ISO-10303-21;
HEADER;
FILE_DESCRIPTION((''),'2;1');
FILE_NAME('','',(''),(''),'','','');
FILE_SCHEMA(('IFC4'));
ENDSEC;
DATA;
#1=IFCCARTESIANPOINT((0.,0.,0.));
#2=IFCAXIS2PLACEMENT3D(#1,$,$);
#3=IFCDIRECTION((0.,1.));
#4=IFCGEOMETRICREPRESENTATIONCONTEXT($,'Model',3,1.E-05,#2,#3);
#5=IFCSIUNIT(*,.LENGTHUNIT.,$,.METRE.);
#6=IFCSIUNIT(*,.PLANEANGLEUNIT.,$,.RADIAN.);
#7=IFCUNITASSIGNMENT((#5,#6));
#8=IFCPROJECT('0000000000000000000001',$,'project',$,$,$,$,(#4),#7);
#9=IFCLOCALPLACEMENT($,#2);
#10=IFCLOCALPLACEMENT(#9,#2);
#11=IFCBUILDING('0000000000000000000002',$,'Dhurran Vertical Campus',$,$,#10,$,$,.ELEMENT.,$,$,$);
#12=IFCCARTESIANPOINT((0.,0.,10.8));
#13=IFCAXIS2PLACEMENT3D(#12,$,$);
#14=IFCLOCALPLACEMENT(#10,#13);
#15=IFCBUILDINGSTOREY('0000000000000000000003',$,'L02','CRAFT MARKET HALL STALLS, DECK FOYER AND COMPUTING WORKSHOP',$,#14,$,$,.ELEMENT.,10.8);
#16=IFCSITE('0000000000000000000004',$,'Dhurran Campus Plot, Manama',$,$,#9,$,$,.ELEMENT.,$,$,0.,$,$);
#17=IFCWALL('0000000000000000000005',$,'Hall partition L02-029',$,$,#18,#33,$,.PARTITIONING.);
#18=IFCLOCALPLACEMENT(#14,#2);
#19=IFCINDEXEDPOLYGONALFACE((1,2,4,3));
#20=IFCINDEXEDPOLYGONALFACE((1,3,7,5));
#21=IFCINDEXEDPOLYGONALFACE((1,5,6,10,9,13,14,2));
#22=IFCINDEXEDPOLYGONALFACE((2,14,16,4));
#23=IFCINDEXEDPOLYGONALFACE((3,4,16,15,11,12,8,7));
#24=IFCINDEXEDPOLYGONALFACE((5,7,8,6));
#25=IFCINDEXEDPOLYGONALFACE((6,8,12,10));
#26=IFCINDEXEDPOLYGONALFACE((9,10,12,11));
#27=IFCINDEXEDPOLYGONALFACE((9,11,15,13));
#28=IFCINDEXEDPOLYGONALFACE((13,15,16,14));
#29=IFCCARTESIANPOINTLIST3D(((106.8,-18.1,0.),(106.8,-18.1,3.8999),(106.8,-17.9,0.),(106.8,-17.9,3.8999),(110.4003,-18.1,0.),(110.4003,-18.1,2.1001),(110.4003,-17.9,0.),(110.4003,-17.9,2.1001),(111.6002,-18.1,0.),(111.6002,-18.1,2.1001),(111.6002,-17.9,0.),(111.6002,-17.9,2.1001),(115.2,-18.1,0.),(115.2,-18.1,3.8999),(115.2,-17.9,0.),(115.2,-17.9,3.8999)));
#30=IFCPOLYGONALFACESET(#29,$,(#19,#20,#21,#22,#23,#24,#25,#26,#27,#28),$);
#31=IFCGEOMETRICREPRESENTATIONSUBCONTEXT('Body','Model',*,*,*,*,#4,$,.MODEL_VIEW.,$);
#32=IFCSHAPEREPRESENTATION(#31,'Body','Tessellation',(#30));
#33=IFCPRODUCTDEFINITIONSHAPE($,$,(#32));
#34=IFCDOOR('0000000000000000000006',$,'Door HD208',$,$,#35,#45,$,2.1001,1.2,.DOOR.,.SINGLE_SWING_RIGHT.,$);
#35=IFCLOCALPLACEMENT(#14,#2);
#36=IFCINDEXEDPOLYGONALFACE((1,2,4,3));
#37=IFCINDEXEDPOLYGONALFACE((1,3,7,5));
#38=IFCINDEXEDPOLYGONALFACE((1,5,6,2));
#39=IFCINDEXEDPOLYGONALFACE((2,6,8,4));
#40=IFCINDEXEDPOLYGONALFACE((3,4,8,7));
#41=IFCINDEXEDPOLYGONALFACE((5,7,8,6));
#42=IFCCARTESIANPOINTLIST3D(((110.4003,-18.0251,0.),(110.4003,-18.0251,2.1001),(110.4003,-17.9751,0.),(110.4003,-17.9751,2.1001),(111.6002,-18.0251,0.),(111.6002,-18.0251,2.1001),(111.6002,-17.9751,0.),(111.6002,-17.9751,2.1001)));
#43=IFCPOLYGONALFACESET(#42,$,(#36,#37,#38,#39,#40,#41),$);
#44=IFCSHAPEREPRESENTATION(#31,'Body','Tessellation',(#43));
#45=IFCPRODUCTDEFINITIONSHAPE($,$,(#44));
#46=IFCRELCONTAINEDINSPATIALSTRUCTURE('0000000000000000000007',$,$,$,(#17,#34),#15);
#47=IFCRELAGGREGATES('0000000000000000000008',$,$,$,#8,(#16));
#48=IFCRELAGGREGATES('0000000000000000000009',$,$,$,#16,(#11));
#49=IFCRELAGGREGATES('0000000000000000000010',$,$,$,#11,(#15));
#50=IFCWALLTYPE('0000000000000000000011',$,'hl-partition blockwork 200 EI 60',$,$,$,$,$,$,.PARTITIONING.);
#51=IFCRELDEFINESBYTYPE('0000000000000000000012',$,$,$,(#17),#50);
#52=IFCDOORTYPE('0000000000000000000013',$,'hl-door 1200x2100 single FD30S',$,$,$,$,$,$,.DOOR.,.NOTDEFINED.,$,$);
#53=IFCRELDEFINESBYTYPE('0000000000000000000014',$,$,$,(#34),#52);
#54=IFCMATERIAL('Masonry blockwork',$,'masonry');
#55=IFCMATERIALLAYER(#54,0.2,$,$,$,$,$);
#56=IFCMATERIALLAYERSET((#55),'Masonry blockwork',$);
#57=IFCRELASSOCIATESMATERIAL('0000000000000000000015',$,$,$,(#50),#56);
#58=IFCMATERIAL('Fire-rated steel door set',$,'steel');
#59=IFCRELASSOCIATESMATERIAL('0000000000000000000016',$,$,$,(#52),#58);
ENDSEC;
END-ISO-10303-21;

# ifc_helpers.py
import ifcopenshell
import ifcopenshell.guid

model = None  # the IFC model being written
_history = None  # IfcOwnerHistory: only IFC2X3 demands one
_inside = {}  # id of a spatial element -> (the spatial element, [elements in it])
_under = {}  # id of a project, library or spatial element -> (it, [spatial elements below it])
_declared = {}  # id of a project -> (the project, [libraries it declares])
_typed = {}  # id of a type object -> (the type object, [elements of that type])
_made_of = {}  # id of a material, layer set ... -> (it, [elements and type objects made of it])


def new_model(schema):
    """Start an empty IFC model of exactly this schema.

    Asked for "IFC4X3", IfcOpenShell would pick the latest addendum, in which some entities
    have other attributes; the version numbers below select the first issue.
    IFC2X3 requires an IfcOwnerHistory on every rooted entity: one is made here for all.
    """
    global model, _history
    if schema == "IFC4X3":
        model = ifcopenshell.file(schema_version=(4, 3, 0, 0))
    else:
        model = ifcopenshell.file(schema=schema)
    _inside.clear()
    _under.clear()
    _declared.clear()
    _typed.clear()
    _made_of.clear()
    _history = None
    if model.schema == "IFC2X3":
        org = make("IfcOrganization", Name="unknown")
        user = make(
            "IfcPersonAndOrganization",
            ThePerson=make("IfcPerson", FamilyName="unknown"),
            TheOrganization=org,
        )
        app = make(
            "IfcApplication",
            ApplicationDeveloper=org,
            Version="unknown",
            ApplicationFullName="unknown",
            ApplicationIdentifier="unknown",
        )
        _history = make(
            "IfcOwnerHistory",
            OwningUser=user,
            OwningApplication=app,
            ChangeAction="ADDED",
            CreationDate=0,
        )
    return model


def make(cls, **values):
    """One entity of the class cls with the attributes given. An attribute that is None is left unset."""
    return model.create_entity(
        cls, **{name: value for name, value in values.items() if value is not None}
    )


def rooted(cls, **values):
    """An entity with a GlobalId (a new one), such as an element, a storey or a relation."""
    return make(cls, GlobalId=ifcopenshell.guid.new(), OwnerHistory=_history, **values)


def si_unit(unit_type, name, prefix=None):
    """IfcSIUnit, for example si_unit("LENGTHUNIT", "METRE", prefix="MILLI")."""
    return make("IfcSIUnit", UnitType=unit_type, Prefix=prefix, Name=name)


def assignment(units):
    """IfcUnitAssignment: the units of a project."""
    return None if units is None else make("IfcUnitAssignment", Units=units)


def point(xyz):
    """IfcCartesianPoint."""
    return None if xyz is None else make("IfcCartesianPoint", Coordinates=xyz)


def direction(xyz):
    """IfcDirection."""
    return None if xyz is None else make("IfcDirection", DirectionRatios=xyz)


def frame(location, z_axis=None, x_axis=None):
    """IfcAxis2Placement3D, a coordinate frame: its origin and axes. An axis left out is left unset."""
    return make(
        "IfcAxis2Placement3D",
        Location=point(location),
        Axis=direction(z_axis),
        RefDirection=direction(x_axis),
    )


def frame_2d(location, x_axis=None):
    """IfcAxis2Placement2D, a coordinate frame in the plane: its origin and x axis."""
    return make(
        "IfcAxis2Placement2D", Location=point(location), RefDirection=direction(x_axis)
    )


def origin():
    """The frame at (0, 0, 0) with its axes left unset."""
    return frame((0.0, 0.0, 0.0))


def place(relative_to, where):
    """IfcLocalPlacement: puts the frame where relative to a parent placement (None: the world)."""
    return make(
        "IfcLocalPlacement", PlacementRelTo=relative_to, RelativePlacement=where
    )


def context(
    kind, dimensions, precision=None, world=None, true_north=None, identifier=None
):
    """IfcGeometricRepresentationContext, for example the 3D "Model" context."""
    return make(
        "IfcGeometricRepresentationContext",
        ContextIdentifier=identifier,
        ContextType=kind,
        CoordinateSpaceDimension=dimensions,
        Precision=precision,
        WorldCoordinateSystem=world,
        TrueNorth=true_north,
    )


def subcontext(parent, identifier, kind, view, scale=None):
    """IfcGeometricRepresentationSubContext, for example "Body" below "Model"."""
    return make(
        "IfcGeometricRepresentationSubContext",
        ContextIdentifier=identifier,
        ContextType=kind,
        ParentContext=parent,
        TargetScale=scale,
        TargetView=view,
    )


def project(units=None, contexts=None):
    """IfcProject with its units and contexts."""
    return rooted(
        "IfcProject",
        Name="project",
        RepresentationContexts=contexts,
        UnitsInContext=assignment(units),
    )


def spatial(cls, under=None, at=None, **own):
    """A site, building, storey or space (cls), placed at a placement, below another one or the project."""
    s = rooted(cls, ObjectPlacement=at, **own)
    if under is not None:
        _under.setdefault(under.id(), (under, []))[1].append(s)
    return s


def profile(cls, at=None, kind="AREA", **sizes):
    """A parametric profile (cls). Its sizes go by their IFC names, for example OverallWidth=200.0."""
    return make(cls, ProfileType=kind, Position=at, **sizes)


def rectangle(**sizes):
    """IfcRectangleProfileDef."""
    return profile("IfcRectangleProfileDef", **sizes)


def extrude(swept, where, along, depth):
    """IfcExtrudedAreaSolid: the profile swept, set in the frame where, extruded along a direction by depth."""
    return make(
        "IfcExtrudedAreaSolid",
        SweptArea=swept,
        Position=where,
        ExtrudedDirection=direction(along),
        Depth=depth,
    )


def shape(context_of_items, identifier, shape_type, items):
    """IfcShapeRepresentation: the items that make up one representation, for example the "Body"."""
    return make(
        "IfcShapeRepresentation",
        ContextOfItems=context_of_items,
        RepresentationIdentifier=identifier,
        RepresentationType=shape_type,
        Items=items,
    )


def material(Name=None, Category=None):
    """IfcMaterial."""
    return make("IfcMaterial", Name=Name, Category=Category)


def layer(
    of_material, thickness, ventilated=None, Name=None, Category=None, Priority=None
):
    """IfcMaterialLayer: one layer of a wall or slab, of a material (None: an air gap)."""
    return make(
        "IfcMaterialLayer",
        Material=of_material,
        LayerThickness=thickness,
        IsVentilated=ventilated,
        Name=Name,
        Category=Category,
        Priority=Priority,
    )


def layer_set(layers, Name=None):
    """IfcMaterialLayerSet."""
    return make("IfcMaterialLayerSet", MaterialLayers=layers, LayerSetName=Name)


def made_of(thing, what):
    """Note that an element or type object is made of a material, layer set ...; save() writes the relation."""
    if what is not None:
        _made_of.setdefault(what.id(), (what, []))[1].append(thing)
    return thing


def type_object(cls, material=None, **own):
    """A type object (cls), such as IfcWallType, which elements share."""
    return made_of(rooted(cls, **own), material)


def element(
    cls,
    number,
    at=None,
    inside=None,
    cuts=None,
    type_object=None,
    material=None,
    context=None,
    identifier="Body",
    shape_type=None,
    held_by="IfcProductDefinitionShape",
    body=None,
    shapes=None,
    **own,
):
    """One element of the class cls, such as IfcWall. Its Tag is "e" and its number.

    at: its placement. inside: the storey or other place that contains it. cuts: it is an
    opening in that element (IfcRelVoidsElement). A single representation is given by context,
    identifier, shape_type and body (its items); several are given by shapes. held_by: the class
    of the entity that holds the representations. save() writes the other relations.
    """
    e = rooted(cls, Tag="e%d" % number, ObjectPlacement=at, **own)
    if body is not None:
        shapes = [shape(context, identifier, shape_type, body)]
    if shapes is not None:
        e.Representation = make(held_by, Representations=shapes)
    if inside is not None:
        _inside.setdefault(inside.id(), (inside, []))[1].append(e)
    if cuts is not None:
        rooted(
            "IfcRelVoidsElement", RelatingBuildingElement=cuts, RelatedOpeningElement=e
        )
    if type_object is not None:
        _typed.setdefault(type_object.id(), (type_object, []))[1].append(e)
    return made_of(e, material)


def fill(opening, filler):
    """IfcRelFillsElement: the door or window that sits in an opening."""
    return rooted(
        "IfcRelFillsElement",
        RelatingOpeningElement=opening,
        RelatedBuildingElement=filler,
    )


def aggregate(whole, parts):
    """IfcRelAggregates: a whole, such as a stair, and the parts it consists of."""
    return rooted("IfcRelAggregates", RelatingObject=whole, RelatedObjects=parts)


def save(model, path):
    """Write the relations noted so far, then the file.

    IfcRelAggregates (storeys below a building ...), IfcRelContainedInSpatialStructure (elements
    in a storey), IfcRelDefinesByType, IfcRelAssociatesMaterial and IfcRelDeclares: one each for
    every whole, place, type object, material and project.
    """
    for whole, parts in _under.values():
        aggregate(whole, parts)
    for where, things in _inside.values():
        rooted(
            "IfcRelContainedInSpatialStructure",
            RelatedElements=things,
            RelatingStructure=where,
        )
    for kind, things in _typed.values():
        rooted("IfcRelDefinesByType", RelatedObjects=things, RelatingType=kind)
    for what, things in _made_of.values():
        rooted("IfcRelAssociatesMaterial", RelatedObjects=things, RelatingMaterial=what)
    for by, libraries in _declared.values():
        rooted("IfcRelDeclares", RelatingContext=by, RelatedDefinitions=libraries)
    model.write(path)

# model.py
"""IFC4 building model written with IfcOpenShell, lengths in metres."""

from ifc_helpers import new_model, si_unit, direction, frame, frame_2d, origin, place, context, subcontext, project, spatial, rectangle, extrude, material, layer, layer_set, type_object, element, fill, save


model = new_model("IFC4")

# Units and contexts
model_context = context("Model", 3, precision=1e-05, world=origin(), true_north=direction((0.0, 1.0)))
body_context = subcontext(model_context, "Body", "Model", "MODEL_VIEW")
ifc_project = project(units=[si_unit("LENGTHUNIT", "METRE"), si_unit("PLANEANGLEUNIT", "RADIAN")], contexts=[model_context])

# Site, building, storey
site_placement = place(None, origin())
site = spatial("IfcSite", under=ifc_project, at=site_placement, Name="Dhurran Campus Plot, Manama", CompositionType="ELEMENT", RefElevation=0.0)
building_placement = place(site_placement, origin())
building = spatial("IfcBuilding", under=site, at=building_placement, Name="Dhurran Vertical Campus", CompositionType="ELEMENT")
storey_placement = place(building_placement, frame((0.0, 0.0, 10.8)))
storey = spatial("IfcBuildingStorey", under=building, at=storey_placement, Name="L02", Description="CRAFT MARKET HALL STALLS, DECK FOYER AND COMPUTING WORKSHOP", CompositionType="ELEMENT", Elevation=10.8)

# Wall, opening, door
ifc_material_1 = material(Name="Masonry blockwork", Category="masonry")
ifc_layer = layer(ifc_material_1, 0.2)
ifc_layer_set = layer_set([ifc_layer], Name="Masonry blockwork")
wall_type = type_object("IfcWallType", Name="hl-partition blockwork 200 EI 60", PredefinedType="PARTITIONING", material=ifc_layer_set)
wall_placement = place(storey_placement, frame((106.8, -18.0, 0.0), z_axis=(0.0, 0.0, 1.0), x_axis=(1.0, 0.0, 0.0)))
wall = element("IfcWall", 1, at=wall_placement, inside=storey, type_object=wall_type, Name="Hall partition L02-029", PredefinedType="PARTITIONING", context=body_context, shape_type="SweptSolid", body=[
    extrude(rectangle(XDim=8.3999, YDim=0.2, at=frame_2d((4.2, 0.0))), origin(), (0.0, 0.0, 1.0), 3.8999),
])
opening_placement = place(wall_placement, frame((3.6001, 0.0, 0.0)))
opening = element("IfcOpeningElement", 2, at=opening_placement, cuts=wall, PredefinedType="OPENING", context=body_context, shape_type="SweptSolid", body=[
    extrude(rectangle(XDim=1.2, YDim=2.1001, at=frame_2d((0.6001, 1.05))), frame((0.0, 0.1099, 0.0), z_axis=(0.0, -1.0, 0.0), x_axis=(1.0, 0.0, 0.0)), (0.0, 0.0, 1.0), 0.22),
])
ifc_material_2 = material(Name="Fire-rated steel door set", Category="steel")
door_type = type_object("IfcDoorType", Name="hl-door 1200x2100 single FD30S", OperationType="NOTDEFINED", PredefinedType="DOOR", material=ifc_material_2)
door_placement = place(opening_placement, origin())
door = element("IfcDoor", 3, at=door_placement, inside=storey, type_object=door_type, Name="Door HD208", OperationType="SINGLE_SWING_RIGHT", OverallHeight=2.1001, OverallWidth=1.2, PredefinedType="DOOR", context=body_context, shape_type="SweptSolid", body=[
    extrude(rectangle(XDim=1.2, YDim=2.1001, at=frame_2d((0.6001, 1.05))), frame((0.0, 0.0249, 0.0), z_axis=(0.0, -1.0, 0.0), x_axis=(1.0, 0.0, 0.0)), (0.0, 0.0, 1.0), 0.05),
])
fill(opening, door)

save(model, "model.ifc")
